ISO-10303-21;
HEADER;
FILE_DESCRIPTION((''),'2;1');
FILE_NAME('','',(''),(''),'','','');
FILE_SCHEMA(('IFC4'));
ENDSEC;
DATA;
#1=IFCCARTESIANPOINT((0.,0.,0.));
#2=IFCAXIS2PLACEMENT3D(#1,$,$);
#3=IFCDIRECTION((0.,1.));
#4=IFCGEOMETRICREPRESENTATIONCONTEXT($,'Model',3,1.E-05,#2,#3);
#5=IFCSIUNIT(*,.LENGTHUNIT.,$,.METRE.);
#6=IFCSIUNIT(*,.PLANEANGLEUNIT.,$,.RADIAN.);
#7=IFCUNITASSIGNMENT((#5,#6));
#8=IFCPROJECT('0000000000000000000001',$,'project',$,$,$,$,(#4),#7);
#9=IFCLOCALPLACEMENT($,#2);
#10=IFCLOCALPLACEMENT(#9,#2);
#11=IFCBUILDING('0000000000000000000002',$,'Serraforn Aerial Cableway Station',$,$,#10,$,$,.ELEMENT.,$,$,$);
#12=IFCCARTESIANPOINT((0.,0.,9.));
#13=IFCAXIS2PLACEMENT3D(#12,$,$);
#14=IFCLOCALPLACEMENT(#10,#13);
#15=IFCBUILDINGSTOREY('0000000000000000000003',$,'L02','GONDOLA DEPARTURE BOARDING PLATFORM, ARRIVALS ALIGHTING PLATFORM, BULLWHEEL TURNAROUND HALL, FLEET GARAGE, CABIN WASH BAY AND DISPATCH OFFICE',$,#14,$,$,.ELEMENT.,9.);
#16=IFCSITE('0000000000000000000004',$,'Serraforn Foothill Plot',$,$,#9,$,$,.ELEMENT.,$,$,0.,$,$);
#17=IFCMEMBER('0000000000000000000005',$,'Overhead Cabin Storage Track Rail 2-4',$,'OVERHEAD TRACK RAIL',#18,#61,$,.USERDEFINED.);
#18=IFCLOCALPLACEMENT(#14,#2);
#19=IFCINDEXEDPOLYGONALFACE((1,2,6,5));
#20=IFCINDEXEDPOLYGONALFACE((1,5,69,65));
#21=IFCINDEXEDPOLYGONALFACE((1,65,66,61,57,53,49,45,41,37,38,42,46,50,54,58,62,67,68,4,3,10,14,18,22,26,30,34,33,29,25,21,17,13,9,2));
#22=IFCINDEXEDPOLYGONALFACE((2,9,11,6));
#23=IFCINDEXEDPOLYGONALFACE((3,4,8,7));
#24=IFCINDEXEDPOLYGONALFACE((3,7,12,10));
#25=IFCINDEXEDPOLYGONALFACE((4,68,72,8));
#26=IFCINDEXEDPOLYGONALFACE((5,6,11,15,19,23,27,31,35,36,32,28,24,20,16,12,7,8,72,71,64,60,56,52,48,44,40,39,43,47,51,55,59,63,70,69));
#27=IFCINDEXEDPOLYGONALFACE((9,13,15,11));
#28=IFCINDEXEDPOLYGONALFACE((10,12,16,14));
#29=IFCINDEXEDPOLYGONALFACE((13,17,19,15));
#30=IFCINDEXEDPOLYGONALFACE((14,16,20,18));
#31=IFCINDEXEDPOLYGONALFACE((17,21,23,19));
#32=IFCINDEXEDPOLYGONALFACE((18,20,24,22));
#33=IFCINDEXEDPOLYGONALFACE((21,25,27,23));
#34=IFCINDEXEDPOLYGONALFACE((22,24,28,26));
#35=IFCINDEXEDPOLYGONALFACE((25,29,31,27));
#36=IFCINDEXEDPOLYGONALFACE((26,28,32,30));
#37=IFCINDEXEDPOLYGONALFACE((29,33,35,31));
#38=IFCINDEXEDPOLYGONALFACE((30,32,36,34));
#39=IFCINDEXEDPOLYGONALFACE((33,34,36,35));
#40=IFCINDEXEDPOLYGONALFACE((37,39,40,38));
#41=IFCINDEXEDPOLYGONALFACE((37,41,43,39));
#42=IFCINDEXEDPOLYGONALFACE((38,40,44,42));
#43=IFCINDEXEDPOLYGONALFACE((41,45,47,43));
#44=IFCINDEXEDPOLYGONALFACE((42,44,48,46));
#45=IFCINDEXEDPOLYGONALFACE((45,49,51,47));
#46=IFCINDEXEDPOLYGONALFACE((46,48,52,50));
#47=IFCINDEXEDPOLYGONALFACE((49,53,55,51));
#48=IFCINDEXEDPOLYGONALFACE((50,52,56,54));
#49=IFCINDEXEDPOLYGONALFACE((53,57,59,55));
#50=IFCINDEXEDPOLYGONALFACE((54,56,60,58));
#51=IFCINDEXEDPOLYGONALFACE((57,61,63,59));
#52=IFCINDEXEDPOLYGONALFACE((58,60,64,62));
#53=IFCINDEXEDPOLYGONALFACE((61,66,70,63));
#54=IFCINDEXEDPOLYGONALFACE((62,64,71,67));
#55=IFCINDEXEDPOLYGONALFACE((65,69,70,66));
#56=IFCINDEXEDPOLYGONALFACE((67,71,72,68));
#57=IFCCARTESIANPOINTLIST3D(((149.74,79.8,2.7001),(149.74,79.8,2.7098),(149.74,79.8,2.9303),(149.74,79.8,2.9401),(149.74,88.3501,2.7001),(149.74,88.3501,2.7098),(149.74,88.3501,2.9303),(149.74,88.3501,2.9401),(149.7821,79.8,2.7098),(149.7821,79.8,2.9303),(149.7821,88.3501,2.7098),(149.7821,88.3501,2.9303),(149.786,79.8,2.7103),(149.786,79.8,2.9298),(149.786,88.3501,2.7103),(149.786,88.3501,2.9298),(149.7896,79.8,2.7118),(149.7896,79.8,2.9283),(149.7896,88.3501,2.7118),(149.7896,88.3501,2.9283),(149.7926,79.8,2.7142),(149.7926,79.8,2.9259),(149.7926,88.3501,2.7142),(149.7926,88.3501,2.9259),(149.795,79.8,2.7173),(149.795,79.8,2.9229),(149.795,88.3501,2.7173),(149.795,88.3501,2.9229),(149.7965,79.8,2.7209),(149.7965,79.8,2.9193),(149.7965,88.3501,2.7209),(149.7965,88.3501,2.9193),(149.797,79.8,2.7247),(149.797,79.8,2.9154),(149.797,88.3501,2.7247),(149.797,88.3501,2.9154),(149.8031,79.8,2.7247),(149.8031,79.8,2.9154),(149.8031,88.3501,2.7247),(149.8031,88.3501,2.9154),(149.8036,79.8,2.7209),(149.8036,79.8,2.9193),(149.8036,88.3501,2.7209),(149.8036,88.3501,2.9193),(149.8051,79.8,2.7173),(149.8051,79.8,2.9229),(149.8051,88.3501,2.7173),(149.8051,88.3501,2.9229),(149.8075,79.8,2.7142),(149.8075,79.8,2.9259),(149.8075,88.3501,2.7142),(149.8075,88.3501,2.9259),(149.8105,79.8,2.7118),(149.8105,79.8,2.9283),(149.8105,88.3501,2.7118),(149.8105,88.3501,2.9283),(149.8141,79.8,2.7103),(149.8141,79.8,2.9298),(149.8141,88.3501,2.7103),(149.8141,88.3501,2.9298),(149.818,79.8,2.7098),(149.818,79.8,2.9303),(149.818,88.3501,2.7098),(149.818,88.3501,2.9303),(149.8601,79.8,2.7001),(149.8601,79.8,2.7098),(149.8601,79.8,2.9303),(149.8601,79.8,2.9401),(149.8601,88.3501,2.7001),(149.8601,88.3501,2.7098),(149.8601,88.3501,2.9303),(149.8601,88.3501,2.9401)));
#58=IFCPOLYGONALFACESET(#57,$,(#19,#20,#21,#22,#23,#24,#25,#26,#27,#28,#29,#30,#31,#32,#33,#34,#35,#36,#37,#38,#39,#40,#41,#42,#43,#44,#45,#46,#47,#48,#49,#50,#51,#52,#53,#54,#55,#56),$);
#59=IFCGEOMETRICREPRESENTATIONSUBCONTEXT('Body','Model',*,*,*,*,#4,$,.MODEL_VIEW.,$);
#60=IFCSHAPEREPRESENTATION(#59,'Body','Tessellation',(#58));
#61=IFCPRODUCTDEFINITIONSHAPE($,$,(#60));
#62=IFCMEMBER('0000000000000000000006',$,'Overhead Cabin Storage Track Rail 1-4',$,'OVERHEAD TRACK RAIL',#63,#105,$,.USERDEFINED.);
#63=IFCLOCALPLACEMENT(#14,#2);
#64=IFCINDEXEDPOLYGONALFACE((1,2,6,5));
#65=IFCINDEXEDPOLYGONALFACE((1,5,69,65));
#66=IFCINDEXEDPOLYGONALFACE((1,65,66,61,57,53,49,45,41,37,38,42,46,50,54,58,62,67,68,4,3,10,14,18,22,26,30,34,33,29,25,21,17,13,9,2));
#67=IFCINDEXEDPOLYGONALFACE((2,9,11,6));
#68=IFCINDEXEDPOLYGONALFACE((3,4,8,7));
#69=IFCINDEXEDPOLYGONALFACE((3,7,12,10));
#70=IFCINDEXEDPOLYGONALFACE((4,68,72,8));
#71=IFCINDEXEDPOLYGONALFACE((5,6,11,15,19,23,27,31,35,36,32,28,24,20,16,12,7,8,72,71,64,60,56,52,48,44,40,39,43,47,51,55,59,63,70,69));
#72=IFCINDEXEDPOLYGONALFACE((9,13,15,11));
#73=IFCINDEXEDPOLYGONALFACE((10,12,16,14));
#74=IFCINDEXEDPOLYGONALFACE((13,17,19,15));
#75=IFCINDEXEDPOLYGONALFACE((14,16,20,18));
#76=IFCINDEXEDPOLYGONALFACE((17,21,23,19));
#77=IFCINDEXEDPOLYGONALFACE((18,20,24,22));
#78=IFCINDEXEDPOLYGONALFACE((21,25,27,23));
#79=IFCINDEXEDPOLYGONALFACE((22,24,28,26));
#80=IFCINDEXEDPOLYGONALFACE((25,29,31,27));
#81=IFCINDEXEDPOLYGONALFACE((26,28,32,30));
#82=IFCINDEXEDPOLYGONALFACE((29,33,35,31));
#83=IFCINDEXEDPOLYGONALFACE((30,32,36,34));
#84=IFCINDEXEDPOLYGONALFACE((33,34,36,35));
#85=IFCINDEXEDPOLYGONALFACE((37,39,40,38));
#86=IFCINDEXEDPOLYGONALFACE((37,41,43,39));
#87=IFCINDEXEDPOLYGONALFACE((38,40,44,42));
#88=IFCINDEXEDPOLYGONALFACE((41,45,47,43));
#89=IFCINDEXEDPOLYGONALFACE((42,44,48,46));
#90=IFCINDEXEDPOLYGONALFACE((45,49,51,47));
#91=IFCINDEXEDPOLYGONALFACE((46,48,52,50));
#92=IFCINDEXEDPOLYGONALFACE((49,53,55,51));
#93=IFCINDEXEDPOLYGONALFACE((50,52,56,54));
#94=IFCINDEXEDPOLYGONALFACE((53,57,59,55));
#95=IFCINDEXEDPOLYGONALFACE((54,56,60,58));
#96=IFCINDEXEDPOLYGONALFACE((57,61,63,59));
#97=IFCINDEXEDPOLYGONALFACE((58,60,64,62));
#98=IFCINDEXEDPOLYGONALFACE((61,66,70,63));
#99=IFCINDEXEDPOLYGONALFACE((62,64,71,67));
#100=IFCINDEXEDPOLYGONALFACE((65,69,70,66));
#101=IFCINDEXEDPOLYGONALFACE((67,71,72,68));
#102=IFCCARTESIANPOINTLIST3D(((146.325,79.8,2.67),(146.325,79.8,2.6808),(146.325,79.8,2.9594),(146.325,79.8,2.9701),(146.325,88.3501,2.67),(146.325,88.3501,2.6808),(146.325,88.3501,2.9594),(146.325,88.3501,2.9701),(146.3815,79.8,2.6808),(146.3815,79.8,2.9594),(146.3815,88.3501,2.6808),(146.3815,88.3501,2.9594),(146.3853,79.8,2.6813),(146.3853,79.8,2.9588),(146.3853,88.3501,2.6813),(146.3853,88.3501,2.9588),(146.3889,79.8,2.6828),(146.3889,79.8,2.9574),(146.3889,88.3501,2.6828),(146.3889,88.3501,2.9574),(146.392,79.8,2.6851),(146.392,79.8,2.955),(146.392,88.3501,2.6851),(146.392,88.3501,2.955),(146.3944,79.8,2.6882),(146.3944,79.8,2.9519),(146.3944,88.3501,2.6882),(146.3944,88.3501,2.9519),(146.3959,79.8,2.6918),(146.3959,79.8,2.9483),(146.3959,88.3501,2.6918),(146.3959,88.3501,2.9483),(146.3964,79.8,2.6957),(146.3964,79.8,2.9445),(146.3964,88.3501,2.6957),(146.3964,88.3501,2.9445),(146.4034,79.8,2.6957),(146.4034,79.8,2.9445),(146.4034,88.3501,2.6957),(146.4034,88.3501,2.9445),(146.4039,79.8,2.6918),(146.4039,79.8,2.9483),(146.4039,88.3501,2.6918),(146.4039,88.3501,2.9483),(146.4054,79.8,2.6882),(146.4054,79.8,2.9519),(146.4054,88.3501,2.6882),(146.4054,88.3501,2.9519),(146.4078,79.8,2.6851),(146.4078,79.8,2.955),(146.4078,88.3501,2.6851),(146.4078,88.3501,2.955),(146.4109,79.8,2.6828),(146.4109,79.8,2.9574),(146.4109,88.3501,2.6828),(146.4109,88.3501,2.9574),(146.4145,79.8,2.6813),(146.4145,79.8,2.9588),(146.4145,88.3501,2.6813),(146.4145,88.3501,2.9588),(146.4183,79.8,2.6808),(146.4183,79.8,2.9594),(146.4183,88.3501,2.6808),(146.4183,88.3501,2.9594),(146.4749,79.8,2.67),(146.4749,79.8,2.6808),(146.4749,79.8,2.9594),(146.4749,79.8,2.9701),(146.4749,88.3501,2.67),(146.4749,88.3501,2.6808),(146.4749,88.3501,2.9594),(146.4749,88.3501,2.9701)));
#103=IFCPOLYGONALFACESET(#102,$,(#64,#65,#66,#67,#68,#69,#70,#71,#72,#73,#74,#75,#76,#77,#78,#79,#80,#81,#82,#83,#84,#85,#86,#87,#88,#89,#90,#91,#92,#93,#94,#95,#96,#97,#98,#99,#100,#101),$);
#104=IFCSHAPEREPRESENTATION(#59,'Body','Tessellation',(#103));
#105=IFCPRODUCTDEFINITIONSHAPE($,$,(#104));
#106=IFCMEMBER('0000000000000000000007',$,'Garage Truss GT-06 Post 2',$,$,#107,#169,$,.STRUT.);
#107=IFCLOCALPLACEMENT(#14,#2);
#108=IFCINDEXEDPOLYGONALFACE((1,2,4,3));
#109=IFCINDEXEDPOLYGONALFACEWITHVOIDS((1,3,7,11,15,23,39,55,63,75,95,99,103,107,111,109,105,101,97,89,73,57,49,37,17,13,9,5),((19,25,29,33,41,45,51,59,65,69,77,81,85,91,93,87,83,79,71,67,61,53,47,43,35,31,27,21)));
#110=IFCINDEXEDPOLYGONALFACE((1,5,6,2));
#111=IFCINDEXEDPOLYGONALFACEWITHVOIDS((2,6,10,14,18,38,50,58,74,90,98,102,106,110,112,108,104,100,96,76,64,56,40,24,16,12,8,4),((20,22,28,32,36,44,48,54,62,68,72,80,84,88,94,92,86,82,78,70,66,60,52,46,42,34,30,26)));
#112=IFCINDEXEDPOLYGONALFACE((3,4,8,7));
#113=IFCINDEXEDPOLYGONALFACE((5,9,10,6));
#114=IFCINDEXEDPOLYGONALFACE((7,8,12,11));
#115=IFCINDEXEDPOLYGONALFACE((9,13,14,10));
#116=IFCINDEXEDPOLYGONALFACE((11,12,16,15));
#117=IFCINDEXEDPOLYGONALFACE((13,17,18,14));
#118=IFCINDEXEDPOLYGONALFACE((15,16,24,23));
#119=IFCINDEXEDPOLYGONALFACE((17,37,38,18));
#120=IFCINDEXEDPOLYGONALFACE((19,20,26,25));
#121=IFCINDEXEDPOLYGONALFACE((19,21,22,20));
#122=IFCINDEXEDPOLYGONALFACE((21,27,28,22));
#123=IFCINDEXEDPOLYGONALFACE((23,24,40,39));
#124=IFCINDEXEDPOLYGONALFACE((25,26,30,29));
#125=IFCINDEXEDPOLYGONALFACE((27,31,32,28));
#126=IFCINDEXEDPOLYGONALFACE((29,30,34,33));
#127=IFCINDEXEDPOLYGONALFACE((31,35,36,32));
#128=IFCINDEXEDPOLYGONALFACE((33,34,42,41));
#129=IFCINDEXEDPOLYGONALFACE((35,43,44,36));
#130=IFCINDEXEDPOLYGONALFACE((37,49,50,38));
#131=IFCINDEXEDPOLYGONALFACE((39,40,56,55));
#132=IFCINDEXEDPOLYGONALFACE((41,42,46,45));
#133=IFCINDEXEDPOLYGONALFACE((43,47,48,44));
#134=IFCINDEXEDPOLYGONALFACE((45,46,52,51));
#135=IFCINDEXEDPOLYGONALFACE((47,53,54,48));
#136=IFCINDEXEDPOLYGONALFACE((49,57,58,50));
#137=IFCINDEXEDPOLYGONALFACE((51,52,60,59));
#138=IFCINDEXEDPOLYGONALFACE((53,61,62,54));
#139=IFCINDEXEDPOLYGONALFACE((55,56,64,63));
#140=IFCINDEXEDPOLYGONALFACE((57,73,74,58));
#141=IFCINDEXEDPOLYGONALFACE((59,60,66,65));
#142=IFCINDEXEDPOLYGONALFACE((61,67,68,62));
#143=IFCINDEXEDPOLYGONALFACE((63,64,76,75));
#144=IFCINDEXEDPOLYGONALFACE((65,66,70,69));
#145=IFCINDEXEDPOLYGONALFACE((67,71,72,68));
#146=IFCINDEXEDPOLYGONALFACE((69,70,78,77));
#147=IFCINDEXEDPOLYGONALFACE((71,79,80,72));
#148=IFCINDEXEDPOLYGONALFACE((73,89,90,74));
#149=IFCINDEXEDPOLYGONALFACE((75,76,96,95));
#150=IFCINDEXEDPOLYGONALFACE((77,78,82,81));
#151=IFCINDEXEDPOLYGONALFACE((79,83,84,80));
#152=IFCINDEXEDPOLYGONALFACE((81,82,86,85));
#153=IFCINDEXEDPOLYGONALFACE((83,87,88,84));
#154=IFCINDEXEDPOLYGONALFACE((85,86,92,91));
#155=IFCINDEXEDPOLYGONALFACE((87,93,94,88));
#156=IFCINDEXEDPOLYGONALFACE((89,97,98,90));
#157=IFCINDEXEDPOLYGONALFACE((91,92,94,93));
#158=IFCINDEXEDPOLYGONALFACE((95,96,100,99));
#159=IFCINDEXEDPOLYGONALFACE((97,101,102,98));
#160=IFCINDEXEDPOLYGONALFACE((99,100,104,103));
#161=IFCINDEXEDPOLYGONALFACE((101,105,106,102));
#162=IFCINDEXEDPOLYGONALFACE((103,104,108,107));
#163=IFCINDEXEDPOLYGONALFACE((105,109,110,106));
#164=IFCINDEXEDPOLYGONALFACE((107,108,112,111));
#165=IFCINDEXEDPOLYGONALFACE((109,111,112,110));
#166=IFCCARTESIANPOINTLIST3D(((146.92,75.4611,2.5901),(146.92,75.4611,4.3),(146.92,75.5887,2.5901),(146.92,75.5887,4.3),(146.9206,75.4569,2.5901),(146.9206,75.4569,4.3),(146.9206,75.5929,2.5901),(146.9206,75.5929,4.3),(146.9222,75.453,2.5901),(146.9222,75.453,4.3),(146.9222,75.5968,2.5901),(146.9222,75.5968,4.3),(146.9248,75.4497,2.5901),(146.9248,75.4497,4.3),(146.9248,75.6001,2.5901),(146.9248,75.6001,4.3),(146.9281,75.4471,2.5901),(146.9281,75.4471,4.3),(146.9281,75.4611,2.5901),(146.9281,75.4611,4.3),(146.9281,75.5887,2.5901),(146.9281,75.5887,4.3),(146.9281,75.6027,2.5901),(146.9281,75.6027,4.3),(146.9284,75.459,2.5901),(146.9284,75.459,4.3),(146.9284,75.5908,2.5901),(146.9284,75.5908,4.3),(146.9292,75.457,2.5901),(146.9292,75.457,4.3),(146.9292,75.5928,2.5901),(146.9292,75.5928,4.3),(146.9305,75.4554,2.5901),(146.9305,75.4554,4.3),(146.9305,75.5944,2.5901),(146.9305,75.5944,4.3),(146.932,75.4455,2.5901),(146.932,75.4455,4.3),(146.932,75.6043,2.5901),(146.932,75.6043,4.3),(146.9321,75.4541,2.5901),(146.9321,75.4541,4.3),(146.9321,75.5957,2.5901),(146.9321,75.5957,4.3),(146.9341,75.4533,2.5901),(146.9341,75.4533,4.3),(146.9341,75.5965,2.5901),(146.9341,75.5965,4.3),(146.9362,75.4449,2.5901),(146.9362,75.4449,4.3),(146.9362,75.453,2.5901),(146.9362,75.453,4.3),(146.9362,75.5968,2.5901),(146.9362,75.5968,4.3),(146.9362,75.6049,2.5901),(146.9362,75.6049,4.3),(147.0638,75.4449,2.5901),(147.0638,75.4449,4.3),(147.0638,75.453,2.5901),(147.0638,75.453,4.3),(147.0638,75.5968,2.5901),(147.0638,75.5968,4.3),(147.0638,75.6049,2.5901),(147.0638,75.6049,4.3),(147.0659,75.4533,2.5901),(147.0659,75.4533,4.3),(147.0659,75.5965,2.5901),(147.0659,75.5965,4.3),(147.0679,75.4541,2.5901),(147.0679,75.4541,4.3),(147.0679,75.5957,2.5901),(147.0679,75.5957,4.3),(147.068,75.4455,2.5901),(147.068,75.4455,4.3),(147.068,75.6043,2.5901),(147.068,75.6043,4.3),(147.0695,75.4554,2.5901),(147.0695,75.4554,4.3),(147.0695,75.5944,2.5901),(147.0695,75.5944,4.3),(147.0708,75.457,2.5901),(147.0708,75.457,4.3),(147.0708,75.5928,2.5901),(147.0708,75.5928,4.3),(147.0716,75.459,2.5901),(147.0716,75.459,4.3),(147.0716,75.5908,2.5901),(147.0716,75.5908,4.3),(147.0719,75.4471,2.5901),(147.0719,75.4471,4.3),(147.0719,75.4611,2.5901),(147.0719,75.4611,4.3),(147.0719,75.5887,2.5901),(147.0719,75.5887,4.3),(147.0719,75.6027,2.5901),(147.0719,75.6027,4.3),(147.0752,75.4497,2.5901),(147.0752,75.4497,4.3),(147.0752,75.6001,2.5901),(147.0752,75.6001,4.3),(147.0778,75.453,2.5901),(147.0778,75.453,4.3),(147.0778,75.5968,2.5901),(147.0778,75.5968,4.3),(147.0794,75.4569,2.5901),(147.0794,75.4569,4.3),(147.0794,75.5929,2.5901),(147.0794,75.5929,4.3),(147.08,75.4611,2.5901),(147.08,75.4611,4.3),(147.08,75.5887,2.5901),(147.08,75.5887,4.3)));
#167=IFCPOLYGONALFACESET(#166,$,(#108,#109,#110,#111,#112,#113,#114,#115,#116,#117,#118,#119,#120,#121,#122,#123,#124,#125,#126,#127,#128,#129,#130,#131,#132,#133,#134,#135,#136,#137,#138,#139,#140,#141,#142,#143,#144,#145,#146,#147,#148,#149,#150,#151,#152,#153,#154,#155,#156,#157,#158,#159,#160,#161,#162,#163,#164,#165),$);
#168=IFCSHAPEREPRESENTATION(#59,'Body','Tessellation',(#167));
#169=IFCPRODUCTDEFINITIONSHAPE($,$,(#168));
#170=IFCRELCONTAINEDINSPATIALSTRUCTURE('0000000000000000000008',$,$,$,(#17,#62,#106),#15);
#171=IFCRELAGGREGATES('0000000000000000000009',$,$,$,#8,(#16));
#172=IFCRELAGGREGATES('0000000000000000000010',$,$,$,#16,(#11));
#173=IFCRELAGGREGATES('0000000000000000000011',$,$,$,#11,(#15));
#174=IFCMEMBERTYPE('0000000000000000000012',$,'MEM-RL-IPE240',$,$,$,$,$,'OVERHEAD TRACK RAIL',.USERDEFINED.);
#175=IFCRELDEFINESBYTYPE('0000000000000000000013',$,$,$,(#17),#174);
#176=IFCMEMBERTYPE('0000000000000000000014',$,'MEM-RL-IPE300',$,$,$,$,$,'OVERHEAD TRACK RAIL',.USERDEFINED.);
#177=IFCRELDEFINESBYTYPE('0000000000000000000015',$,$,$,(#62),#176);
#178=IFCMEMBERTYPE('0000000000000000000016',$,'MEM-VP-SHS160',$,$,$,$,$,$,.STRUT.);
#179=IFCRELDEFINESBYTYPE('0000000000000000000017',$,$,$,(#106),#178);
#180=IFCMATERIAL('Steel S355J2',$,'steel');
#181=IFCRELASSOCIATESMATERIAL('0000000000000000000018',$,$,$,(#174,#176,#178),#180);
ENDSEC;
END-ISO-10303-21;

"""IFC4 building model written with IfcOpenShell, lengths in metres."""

from ifc_helpers import new_model, si_unit, direction, frame, origin, origin_2d, place, context, subcontext, project, spatial, hollow_rectangle, i_section, extrude, material, material_profile, profile_set, type_object, element, save


model = new_model("IFC4")

# Units and contexts
model_context = context("Model", 3, precision=1e-05, world=origin(), true_north=direction((0.0, 1.0)))
body_context = subcontext(model_context, "Body", "Model", "MODEL_VIEW")
ifc_project = project(units=[si_unit("LENGTHUNIT", "METRE"), si_unit("PLANEANGLEUNIT", "RADIAN")], contexts=[model_context])

# Site, building, storey
site_placement = place(None, origin())
site = spatial("IfcSite", under=ifc_project, at=site_placement, Name="Serraforn Foothill Plot", CompositionType="ELEMENT", RefElevation=0.0)
building_placement = place(site_placement, origin())
building = spatial("IfcBuilding", under=site, at=building_placement, Name="Serraforn Aerial Cableway Station", CompositionType="ELEMENT")
storey_placement = place(building_placement, frame((0.0, 0.0, 9.0)))
storey = spatial("IfcBuildingStorey", under=building, at=storey_placement, Name="L02", Description="GONDOLA DEPARTURE BOARDING PLATFORM, ARRIVALS ALIGHTING PLATFORM, BULLWHEEL TURNAROUND HALL, FLEET GARAGE, CABIN WASH BAY AND DISPATCH OFFICE", CompositionType="ELEMENT", Elevation=9.0)

# Members
ifc_material_1 = material(Name="Steel S355J2", Category="steel")
ifc_material_profile_1 = material_profile(ifc_material_1, i_section(OverallWidth=0.1201, OverallDepth=0.24, WebThickness=0.0061, FlangeThickness=0.0098, FilletRadius=0.0149, at=origin_2d()), Name="IPE 240")
ifc_profile_set_1 = profile_set([ifc_material_profile_1], Name="Steel S355J2")
member_type_1 = type_object("IfcMemberType", Name="MEM-RL-IPE240", ElementType="OVERHEAD TRACK RAIL", PredefinedType="USERDEFINED", material=ifc_profile_set_1)
member_1_placement = place(storey_placement, frame((149.8, 79.8, 2.8201), z_axis=(0.0, 1.0, 0.0), x_axis=(-1.0, 0.0, 0.0)))
element("IfcMember", 1, at=member_1_placement, inside=storey, type_object=member_type_1, Name="Overhead Cabin Storage Track Rail 2-4", ObjectType="OVERHEAD TRACK RAIL", PredefinedType="USERDEFINED", context=body_context, shape_type="SweptSolid", body=[
    extrude(i_section(OverallWidth=0.1201, OverallDepth=0.24, WebThickness=0.0061, FlangeThickness=0.0098, FilletRadius=0.0149, at=origin_2d()), origin(), (0.0, 0.0, 1.0), 8.55),
])
ifc_material_profile_2 = material_profile(ifc_material_1, i_section(OverallWidth=0.1499, OverallDepth=0.3, WebThickness=0.0071, FlangeThickness=0.0107, FilletRadius=0.0149, at=origin_2d()), Name="IPE 300")
ifc_profile_set_2 = profile_set([ifc_material_profile_2], Name="Steel S355J2")
member_type_2 = type_object("IfcMemberType", Name="MEM-RL-IPE300", ElementType="OVERHEAD TRACK RAIL", PredefinedType="USERDEFINED", material=ifc_profile_set_2)
member_2_placement = place(storey_placement, frame((146.3999, 79.8, 2.8201), z_axis=(0.0, 1.0, 0.0), x_axis=(-1.0, 0.0, 0.0)))
element("IfcMember", 2, at=member_2_placement, inside=storey, type_object=member_type_2, Name="Overhead Cabin Storage Track Rail 1-4", ObjectType="OVERHEAD TRACK RAIL", PredefinedType="USERDEFINED", context=body_context, shape_type="SweptSolid", body=[
    extrude(i_section(OverallWidth=0.1499, OverallDepth=0.3, WebThickness=0.0071, FlangeThickness=0.0107, FilletRadius=0.0149, at=origin_2d()), origin(), (0.0, 0.0, 1.0), 8.55),
])
ifc_material_profile_3 = material_profile(ifc_material_1, hollow_rectangle(XDim=0.1599, YDim=0.1599, WallThickness=0.0081, InnerFilletRadius=0.0081, OuterFilletRadius=0.0161, at=origin_2d()), Name="SHS 160x160x8.0")
ifc_profile_set_3 = profile_set([ifc_material_profile_3], Name="Steel S355J2")
member_type_3 = type_object("IfcMemberType", Name="MEM-VP-SHS160", PredefinedType="STRUT", material=ifc_profile_set_3)
for number, where, z_axis, x_axis, name in (
    (3, (147.0, 75.5249, 2.5901), (0.0, 0.0, 1.0), (1.0, 0.0, 0.0), "Garage Truss GT-06 Post 2"),
):
    element("IfcMember", number, at=place(storey_placement, frame(where, z_axis=z_axis, x_axis=x_axis)), inside=storey, type_object=member_type_3, Name=name, PredefinedType="STRUT", context=body_context, shape_type="SweptSolid", body=[
        extrude(hollow_rectangle(XDim=0.1599, YDim=0.1599, WallThickness=0.0081, InnerFilletRadius=0.0081, OuterFilletRadius=0.0161, at=origin_2d()), origin(), (0.0, 0.0, 1.0), 1.71),
    ])

save(model, "model.ifc")
